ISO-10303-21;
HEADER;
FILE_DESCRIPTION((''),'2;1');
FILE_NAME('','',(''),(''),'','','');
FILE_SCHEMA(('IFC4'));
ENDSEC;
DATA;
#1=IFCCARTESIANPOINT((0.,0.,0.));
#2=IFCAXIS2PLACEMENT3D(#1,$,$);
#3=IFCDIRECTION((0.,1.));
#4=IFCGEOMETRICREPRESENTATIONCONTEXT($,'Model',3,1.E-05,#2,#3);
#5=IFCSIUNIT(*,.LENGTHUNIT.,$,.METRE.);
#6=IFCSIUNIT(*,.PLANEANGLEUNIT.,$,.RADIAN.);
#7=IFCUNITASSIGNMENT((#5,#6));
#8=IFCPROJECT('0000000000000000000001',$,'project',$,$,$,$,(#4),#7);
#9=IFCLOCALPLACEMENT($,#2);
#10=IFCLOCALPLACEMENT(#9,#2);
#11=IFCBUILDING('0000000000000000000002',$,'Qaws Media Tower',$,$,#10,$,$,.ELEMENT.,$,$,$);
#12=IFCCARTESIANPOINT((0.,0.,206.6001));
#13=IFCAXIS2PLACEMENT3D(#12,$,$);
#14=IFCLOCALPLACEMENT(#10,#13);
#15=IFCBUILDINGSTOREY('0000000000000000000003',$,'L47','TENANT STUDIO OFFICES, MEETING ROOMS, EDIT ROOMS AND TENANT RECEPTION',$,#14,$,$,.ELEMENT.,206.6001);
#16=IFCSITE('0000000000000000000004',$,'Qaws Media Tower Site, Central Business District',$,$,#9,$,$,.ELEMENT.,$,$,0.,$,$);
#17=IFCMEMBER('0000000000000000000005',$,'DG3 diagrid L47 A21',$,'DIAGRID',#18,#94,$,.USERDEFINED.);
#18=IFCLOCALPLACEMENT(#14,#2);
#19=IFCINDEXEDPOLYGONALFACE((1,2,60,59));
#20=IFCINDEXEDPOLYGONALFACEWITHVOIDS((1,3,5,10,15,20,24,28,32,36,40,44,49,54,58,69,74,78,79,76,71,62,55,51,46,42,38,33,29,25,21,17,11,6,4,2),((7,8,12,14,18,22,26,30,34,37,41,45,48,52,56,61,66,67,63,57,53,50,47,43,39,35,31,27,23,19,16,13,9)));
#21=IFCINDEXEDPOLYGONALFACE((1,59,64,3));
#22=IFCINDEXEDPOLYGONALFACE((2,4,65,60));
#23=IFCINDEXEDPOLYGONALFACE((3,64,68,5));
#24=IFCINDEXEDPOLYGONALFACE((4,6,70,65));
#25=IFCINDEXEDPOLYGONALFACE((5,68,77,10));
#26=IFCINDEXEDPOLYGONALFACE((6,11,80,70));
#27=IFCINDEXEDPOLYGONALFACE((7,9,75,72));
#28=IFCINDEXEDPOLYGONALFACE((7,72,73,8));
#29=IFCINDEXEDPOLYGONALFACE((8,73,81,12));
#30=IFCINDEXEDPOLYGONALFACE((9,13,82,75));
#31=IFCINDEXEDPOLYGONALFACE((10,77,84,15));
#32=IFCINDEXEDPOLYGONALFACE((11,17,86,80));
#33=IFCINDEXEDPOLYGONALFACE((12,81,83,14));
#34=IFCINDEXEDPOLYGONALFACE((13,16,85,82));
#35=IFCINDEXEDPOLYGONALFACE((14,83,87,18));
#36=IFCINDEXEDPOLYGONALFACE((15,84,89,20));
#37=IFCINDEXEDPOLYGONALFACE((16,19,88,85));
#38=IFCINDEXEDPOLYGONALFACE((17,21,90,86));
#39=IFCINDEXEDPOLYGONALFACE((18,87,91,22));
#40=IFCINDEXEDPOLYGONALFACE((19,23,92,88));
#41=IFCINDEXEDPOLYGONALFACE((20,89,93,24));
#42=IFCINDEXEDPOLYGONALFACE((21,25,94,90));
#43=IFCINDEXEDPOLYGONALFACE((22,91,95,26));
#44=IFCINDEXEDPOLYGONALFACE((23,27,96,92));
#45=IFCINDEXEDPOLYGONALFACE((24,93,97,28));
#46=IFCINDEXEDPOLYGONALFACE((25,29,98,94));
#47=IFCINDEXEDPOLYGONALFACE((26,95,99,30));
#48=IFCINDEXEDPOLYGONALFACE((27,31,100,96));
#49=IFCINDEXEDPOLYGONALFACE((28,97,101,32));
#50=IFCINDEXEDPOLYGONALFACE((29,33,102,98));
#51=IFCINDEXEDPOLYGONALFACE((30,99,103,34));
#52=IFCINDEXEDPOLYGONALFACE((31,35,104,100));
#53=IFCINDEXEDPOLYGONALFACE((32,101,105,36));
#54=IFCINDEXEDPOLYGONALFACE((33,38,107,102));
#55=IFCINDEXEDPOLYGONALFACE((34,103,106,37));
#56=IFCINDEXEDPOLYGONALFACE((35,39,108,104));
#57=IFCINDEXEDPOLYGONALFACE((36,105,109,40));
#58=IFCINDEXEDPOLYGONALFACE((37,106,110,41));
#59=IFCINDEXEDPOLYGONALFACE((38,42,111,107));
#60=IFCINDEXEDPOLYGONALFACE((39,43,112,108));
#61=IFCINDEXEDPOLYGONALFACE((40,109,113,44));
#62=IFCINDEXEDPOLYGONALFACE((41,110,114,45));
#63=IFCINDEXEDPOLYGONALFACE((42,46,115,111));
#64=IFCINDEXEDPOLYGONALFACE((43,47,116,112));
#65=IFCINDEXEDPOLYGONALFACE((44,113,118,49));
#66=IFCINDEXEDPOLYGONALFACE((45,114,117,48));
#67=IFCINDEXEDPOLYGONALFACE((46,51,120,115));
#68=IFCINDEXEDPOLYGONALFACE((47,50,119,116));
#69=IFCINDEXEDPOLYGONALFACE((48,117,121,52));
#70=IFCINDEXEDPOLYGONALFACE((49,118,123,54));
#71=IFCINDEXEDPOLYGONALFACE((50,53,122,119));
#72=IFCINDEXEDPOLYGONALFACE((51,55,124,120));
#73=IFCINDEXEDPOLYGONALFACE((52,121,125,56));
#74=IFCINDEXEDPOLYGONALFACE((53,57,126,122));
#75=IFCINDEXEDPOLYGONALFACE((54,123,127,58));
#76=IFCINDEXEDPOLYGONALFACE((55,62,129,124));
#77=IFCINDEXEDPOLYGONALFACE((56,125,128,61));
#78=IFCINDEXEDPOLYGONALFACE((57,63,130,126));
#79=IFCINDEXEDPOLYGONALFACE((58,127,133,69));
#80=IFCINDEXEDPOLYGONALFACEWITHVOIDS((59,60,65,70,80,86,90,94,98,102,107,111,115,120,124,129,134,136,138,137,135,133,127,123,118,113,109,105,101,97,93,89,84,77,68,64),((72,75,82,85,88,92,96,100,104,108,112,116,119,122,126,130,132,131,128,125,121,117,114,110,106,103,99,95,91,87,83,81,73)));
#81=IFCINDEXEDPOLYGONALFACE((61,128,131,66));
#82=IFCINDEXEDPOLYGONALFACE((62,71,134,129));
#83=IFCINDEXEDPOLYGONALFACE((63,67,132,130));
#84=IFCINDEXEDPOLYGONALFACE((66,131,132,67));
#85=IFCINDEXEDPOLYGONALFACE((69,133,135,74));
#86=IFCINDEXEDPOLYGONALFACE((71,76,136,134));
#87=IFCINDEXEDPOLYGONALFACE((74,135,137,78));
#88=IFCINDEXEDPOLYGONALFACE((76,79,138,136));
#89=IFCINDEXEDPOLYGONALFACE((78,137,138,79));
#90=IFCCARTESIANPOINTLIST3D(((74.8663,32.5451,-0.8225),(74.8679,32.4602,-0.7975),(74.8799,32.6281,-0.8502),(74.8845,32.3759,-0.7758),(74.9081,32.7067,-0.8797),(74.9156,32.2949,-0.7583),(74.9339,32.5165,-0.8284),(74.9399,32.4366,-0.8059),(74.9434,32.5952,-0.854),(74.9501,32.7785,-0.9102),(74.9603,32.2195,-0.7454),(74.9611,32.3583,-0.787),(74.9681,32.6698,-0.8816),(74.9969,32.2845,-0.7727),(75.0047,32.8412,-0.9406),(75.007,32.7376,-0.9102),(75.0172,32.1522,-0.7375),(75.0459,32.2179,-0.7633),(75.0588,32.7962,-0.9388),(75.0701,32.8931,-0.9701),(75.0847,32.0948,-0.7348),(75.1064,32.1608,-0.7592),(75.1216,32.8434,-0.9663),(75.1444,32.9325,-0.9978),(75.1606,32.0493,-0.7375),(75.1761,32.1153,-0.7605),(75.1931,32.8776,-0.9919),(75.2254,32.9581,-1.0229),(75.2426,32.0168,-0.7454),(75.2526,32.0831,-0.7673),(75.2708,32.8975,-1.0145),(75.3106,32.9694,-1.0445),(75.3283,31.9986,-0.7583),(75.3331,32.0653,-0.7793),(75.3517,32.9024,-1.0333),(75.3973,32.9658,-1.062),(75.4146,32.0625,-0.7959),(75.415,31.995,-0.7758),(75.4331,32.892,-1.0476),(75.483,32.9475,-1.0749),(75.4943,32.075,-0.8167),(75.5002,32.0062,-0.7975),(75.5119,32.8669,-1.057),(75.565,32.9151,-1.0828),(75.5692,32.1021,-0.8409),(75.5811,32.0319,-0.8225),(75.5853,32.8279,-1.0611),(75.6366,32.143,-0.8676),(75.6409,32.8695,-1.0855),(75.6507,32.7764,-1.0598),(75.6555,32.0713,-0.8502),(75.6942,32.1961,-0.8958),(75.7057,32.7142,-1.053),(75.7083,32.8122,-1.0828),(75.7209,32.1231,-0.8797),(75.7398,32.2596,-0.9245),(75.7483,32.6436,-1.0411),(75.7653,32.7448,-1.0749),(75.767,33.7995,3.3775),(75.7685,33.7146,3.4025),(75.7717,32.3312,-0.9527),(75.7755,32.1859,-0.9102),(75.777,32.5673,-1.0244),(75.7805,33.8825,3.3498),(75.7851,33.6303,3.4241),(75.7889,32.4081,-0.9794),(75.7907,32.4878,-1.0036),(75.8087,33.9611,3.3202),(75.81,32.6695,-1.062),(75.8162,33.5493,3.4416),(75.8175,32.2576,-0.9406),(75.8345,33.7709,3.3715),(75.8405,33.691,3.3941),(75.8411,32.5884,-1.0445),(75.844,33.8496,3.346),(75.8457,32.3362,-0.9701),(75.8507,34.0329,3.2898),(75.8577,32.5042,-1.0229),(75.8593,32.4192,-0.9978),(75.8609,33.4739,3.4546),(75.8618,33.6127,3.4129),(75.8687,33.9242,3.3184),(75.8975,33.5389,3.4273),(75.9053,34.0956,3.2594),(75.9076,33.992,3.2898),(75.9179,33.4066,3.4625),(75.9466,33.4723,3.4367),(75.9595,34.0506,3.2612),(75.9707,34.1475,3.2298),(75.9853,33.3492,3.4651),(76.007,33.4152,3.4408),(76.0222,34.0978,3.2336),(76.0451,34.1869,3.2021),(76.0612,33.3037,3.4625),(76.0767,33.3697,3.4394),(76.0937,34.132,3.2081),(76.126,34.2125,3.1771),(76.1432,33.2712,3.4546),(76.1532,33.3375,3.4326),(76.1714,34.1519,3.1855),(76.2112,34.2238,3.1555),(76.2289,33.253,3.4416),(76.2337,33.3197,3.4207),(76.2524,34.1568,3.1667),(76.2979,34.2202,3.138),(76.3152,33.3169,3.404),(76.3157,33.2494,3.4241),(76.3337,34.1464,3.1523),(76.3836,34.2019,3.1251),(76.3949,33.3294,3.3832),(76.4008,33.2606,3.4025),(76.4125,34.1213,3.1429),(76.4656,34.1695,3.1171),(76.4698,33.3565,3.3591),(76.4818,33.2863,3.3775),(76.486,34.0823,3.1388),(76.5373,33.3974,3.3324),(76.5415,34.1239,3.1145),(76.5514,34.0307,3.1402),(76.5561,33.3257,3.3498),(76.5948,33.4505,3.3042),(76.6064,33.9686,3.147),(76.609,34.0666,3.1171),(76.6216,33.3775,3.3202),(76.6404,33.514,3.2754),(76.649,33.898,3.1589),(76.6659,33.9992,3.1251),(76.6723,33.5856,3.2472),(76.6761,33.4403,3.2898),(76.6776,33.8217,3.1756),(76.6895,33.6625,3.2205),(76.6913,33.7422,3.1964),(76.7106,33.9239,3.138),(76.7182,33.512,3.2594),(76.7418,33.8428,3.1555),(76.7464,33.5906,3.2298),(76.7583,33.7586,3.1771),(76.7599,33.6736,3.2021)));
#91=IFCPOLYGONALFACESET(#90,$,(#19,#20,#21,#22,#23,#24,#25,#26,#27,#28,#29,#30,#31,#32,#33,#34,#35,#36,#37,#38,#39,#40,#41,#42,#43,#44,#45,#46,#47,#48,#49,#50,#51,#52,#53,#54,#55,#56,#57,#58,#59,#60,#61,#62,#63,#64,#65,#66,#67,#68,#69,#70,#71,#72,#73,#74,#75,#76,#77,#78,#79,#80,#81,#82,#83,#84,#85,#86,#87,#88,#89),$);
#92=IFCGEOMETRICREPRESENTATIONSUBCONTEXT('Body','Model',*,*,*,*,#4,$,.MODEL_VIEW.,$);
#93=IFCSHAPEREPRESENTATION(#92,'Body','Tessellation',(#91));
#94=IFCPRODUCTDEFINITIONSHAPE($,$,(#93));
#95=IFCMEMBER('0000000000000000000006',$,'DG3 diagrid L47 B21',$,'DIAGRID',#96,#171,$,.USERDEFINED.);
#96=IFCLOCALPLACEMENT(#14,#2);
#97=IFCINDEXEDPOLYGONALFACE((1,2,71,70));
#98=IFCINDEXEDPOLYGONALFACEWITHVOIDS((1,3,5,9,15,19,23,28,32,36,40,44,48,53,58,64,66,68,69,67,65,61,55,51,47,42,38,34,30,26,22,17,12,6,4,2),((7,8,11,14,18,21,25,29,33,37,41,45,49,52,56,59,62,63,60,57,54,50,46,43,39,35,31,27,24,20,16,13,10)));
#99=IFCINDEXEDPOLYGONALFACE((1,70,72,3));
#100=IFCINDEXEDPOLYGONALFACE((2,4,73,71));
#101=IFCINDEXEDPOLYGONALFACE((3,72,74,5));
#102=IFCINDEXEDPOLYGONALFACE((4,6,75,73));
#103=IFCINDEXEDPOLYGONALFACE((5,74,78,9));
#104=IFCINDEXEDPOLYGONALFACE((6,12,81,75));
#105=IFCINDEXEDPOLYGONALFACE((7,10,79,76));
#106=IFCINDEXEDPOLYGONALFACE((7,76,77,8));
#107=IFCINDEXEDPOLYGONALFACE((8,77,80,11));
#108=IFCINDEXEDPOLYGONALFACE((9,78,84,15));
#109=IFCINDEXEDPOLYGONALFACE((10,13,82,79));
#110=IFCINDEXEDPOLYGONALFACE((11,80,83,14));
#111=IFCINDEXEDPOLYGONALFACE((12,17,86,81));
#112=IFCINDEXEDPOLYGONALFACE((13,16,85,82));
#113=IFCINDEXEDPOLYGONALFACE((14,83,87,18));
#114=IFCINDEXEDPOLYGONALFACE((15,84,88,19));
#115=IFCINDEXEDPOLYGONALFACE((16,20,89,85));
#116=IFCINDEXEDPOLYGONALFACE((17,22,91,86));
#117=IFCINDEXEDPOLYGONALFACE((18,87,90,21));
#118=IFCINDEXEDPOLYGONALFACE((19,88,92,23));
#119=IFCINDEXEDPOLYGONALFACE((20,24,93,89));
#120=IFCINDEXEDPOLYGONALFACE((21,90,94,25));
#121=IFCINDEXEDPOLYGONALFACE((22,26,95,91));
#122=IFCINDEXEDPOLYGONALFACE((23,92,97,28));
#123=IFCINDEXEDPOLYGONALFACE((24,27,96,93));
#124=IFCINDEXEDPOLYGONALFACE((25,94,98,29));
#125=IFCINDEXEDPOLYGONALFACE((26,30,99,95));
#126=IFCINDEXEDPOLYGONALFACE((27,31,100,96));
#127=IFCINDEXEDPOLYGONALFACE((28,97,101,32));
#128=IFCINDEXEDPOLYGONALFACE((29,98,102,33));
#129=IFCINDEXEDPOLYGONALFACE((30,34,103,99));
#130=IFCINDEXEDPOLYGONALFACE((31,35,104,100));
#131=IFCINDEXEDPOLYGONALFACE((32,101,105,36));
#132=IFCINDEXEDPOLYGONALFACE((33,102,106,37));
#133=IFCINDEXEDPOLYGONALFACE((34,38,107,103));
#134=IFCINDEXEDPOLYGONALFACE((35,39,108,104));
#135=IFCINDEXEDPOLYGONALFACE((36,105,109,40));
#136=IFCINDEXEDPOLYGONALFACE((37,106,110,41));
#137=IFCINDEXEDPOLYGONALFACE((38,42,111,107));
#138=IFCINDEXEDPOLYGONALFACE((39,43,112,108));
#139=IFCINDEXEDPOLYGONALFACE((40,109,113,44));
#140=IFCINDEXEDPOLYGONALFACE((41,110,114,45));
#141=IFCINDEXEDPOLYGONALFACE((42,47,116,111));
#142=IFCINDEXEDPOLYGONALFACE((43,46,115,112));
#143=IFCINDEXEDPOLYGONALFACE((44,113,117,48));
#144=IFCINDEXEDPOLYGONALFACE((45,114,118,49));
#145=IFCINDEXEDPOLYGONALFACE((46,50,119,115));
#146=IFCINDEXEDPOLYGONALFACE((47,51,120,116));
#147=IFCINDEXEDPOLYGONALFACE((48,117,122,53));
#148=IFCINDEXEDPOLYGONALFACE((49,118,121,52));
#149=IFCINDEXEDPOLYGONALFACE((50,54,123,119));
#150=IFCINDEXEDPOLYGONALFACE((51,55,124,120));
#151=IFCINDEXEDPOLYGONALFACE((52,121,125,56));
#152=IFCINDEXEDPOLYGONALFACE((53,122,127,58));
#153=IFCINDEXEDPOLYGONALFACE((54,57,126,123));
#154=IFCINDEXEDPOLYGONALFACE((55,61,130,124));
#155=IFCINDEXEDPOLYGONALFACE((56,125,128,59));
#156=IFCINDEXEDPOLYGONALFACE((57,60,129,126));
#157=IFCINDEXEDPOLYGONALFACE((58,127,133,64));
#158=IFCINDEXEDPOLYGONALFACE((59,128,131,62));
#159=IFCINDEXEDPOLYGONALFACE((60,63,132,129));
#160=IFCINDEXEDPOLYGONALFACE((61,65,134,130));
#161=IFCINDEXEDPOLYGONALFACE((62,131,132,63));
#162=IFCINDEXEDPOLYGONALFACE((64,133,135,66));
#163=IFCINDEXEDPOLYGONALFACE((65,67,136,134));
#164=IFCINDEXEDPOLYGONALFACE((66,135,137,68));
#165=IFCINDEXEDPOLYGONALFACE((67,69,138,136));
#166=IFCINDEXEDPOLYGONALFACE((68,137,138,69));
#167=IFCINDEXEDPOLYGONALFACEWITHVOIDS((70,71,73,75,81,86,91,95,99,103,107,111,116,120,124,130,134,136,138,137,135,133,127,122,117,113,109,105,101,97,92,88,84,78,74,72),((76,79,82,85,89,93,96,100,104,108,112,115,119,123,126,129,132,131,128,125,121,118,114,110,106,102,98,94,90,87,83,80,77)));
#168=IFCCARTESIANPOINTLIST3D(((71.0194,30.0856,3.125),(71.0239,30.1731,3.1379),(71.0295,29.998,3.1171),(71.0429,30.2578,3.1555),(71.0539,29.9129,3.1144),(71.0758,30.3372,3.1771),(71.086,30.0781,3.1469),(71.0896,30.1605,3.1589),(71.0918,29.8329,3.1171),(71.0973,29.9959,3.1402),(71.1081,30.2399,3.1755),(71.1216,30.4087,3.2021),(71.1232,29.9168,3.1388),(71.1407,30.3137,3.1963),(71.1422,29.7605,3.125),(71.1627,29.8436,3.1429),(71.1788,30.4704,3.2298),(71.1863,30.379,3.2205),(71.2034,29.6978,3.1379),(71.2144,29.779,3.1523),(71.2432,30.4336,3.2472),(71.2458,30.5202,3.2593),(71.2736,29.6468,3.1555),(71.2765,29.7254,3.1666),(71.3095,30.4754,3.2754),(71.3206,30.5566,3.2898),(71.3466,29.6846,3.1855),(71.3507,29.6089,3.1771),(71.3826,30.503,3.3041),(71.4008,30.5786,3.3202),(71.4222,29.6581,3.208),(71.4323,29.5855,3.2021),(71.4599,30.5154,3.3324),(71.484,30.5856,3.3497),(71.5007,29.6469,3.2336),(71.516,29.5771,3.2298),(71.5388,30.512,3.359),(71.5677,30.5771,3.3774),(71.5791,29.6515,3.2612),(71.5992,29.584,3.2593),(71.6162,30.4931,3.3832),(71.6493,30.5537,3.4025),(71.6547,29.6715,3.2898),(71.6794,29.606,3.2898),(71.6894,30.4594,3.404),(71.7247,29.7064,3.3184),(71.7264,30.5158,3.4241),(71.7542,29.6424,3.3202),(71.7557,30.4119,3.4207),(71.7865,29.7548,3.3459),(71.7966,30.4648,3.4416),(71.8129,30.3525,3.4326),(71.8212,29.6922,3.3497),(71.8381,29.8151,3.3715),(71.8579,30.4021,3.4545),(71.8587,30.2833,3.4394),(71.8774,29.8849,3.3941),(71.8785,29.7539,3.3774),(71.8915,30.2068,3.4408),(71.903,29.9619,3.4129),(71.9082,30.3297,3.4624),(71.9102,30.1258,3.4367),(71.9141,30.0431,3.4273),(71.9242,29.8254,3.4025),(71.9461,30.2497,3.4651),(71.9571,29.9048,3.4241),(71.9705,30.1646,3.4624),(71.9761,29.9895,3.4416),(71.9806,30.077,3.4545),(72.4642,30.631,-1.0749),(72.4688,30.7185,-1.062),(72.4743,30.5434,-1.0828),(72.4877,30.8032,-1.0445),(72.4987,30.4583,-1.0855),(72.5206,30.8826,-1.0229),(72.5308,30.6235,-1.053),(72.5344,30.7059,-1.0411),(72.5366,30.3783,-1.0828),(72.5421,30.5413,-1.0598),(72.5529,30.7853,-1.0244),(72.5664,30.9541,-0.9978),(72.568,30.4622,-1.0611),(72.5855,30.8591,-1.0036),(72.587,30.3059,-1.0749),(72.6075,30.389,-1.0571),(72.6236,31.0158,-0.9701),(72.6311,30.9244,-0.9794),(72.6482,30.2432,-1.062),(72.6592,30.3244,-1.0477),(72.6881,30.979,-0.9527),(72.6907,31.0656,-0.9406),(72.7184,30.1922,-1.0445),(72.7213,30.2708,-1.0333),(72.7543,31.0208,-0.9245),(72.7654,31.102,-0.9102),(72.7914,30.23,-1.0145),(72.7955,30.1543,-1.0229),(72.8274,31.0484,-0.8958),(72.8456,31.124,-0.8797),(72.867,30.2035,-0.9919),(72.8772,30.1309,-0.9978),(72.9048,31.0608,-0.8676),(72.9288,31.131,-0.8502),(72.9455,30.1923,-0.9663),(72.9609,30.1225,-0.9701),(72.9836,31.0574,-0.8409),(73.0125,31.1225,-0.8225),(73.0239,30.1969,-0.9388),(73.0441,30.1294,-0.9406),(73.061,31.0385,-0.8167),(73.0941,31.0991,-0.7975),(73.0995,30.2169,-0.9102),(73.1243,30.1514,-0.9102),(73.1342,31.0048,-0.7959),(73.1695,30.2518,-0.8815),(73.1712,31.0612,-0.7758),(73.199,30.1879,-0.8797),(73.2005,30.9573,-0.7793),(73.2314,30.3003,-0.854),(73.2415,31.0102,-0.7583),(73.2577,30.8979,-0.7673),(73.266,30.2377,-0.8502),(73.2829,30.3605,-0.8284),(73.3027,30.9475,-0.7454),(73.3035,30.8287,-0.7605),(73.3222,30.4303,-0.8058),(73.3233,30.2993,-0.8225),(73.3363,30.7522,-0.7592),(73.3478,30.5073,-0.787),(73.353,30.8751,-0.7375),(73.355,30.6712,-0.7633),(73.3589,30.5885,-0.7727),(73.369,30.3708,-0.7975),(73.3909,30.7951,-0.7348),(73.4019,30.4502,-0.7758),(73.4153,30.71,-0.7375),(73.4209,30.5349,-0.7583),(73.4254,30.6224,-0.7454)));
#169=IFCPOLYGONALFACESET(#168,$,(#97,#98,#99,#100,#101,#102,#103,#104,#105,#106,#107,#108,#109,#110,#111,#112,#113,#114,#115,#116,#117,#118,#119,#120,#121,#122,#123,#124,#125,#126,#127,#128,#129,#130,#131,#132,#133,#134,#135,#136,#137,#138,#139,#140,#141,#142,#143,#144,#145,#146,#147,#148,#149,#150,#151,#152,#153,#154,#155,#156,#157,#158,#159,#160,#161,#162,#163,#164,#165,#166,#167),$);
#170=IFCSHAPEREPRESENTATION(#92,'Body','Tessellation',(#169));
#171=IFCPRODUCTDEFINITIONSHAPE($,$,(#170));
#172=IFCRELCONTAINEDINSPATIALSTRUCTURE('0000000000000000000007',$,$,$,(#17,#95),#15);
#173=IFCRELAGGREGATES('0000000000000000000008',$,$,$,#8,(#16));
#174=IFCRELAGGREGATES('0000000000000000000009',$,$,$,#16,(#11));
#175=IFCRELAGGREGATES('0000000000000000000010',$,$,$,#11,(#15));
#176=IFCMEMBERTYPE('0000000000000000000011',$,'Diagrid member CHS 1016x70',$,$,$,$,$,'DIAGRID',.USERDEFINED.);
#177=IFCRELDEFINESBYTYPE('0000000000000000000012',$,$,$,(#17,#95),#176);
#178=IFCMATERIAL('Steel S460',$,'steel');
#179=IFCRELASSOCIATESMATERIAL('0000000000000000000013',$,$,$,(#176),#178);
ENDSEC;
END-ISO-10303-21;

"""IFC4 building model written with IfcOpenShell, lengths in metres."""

from ifc_helpers import new_model, si_unit, direction, frame, origin, origin_2d, place, context, subcontext, project, spatial, hollow_circle, extrude, material, material_profile, profile_set, type_object, element, save


model = new_model("IFC4")

# Units and contexts
model_context = context("Model", 3, precision=1e-05, world=origin(), true_north=direction((0.0, 1.0)))
body_context = subcontext(model_context, "Body", "Model", "MODEL_VIEW")
ifc_project = project(units=[si_unit("LENGTHUNIT", "METRE"), si_unit("PLANEANGLEUNIT", "RADIAN")], contexts=[model_context])

# Site, building, storey
site_placement = place(None, origin())
site = spatial("IfcSite", under=ifc_project, at=site_placement, Name="Qaws Media Tower Site, Central Business District", CompositionType="ELEMENT", RefElevation=0.0)
building_placement = place(site_placement, origin())
building = spatial("IfcBuilding", under=site, at=building_placement, Name="Qaws Media Tower", CompositionType="ELEMENT")
storey_placement = place(building_placement, frame((0.0, 0.0, 206.6001)))
storey = spatial("IfcBuildingStorey", under=building, at=storey_placement, Name="L47", Description="TENANT STUDIO OFFICES, MEETING ROOMS, EDIT ROOMS AND TENANT RECEPTION", CompositionType="ELEMENT", Elevation=206.6001)

# Members
ifc_material_1 = material(Name="Steel S460", Category="steel")
ifc_material_profile_1 = material_profile(ifc_material_1, hollow_circle(Radius=0.5081, WallThickness=0.0701, at=origin_2d()), Name="CHS 1016x70")
ifc_profile_set_1 = profile_set([ifc_material_profile_1], Name="Steel S460")
member_type_1 = type_object("IfcMemberType", Name="Diagrid member CHS 1016x70", ElementType="DIAGRID", PredefinedType="USERDEFINED", material=ifc_profile_set_1)
for number, where, z_axis, x_axis, name in (
    (1, (75.3628, 32.4822, -0.9102), (0.201266, 0.280321, 0.938569), (-0.81231, 0.583226, 0.0), "DG3 diagrid L47 A21"),
    (2, (72.9448, 30.6267, -0.9102), (-0.322874, -0.121883, 0.938561), (0.353167, -0.93556, 0.0), "DG3 diagrid L47 B21"),
):
    element("IfcMember", number, at=place(storey_placement, frame(where, z_axis=z_axis, x_axis=x_axis)), inside=storey, type_object=member_type_1, Name=name, ObjectType="DIAGRID", PredefinedType="USERDEFINED", context=body_context, shape_type="SweptSolid", body=[
        extrude(hollow_circle(Radius=0.5081, WallThickness=0.0701, at=origin_2d()), origin(), (0.0, 0.0, 1.0), 4.4749),
    ])

save(model, "model.ifc")
